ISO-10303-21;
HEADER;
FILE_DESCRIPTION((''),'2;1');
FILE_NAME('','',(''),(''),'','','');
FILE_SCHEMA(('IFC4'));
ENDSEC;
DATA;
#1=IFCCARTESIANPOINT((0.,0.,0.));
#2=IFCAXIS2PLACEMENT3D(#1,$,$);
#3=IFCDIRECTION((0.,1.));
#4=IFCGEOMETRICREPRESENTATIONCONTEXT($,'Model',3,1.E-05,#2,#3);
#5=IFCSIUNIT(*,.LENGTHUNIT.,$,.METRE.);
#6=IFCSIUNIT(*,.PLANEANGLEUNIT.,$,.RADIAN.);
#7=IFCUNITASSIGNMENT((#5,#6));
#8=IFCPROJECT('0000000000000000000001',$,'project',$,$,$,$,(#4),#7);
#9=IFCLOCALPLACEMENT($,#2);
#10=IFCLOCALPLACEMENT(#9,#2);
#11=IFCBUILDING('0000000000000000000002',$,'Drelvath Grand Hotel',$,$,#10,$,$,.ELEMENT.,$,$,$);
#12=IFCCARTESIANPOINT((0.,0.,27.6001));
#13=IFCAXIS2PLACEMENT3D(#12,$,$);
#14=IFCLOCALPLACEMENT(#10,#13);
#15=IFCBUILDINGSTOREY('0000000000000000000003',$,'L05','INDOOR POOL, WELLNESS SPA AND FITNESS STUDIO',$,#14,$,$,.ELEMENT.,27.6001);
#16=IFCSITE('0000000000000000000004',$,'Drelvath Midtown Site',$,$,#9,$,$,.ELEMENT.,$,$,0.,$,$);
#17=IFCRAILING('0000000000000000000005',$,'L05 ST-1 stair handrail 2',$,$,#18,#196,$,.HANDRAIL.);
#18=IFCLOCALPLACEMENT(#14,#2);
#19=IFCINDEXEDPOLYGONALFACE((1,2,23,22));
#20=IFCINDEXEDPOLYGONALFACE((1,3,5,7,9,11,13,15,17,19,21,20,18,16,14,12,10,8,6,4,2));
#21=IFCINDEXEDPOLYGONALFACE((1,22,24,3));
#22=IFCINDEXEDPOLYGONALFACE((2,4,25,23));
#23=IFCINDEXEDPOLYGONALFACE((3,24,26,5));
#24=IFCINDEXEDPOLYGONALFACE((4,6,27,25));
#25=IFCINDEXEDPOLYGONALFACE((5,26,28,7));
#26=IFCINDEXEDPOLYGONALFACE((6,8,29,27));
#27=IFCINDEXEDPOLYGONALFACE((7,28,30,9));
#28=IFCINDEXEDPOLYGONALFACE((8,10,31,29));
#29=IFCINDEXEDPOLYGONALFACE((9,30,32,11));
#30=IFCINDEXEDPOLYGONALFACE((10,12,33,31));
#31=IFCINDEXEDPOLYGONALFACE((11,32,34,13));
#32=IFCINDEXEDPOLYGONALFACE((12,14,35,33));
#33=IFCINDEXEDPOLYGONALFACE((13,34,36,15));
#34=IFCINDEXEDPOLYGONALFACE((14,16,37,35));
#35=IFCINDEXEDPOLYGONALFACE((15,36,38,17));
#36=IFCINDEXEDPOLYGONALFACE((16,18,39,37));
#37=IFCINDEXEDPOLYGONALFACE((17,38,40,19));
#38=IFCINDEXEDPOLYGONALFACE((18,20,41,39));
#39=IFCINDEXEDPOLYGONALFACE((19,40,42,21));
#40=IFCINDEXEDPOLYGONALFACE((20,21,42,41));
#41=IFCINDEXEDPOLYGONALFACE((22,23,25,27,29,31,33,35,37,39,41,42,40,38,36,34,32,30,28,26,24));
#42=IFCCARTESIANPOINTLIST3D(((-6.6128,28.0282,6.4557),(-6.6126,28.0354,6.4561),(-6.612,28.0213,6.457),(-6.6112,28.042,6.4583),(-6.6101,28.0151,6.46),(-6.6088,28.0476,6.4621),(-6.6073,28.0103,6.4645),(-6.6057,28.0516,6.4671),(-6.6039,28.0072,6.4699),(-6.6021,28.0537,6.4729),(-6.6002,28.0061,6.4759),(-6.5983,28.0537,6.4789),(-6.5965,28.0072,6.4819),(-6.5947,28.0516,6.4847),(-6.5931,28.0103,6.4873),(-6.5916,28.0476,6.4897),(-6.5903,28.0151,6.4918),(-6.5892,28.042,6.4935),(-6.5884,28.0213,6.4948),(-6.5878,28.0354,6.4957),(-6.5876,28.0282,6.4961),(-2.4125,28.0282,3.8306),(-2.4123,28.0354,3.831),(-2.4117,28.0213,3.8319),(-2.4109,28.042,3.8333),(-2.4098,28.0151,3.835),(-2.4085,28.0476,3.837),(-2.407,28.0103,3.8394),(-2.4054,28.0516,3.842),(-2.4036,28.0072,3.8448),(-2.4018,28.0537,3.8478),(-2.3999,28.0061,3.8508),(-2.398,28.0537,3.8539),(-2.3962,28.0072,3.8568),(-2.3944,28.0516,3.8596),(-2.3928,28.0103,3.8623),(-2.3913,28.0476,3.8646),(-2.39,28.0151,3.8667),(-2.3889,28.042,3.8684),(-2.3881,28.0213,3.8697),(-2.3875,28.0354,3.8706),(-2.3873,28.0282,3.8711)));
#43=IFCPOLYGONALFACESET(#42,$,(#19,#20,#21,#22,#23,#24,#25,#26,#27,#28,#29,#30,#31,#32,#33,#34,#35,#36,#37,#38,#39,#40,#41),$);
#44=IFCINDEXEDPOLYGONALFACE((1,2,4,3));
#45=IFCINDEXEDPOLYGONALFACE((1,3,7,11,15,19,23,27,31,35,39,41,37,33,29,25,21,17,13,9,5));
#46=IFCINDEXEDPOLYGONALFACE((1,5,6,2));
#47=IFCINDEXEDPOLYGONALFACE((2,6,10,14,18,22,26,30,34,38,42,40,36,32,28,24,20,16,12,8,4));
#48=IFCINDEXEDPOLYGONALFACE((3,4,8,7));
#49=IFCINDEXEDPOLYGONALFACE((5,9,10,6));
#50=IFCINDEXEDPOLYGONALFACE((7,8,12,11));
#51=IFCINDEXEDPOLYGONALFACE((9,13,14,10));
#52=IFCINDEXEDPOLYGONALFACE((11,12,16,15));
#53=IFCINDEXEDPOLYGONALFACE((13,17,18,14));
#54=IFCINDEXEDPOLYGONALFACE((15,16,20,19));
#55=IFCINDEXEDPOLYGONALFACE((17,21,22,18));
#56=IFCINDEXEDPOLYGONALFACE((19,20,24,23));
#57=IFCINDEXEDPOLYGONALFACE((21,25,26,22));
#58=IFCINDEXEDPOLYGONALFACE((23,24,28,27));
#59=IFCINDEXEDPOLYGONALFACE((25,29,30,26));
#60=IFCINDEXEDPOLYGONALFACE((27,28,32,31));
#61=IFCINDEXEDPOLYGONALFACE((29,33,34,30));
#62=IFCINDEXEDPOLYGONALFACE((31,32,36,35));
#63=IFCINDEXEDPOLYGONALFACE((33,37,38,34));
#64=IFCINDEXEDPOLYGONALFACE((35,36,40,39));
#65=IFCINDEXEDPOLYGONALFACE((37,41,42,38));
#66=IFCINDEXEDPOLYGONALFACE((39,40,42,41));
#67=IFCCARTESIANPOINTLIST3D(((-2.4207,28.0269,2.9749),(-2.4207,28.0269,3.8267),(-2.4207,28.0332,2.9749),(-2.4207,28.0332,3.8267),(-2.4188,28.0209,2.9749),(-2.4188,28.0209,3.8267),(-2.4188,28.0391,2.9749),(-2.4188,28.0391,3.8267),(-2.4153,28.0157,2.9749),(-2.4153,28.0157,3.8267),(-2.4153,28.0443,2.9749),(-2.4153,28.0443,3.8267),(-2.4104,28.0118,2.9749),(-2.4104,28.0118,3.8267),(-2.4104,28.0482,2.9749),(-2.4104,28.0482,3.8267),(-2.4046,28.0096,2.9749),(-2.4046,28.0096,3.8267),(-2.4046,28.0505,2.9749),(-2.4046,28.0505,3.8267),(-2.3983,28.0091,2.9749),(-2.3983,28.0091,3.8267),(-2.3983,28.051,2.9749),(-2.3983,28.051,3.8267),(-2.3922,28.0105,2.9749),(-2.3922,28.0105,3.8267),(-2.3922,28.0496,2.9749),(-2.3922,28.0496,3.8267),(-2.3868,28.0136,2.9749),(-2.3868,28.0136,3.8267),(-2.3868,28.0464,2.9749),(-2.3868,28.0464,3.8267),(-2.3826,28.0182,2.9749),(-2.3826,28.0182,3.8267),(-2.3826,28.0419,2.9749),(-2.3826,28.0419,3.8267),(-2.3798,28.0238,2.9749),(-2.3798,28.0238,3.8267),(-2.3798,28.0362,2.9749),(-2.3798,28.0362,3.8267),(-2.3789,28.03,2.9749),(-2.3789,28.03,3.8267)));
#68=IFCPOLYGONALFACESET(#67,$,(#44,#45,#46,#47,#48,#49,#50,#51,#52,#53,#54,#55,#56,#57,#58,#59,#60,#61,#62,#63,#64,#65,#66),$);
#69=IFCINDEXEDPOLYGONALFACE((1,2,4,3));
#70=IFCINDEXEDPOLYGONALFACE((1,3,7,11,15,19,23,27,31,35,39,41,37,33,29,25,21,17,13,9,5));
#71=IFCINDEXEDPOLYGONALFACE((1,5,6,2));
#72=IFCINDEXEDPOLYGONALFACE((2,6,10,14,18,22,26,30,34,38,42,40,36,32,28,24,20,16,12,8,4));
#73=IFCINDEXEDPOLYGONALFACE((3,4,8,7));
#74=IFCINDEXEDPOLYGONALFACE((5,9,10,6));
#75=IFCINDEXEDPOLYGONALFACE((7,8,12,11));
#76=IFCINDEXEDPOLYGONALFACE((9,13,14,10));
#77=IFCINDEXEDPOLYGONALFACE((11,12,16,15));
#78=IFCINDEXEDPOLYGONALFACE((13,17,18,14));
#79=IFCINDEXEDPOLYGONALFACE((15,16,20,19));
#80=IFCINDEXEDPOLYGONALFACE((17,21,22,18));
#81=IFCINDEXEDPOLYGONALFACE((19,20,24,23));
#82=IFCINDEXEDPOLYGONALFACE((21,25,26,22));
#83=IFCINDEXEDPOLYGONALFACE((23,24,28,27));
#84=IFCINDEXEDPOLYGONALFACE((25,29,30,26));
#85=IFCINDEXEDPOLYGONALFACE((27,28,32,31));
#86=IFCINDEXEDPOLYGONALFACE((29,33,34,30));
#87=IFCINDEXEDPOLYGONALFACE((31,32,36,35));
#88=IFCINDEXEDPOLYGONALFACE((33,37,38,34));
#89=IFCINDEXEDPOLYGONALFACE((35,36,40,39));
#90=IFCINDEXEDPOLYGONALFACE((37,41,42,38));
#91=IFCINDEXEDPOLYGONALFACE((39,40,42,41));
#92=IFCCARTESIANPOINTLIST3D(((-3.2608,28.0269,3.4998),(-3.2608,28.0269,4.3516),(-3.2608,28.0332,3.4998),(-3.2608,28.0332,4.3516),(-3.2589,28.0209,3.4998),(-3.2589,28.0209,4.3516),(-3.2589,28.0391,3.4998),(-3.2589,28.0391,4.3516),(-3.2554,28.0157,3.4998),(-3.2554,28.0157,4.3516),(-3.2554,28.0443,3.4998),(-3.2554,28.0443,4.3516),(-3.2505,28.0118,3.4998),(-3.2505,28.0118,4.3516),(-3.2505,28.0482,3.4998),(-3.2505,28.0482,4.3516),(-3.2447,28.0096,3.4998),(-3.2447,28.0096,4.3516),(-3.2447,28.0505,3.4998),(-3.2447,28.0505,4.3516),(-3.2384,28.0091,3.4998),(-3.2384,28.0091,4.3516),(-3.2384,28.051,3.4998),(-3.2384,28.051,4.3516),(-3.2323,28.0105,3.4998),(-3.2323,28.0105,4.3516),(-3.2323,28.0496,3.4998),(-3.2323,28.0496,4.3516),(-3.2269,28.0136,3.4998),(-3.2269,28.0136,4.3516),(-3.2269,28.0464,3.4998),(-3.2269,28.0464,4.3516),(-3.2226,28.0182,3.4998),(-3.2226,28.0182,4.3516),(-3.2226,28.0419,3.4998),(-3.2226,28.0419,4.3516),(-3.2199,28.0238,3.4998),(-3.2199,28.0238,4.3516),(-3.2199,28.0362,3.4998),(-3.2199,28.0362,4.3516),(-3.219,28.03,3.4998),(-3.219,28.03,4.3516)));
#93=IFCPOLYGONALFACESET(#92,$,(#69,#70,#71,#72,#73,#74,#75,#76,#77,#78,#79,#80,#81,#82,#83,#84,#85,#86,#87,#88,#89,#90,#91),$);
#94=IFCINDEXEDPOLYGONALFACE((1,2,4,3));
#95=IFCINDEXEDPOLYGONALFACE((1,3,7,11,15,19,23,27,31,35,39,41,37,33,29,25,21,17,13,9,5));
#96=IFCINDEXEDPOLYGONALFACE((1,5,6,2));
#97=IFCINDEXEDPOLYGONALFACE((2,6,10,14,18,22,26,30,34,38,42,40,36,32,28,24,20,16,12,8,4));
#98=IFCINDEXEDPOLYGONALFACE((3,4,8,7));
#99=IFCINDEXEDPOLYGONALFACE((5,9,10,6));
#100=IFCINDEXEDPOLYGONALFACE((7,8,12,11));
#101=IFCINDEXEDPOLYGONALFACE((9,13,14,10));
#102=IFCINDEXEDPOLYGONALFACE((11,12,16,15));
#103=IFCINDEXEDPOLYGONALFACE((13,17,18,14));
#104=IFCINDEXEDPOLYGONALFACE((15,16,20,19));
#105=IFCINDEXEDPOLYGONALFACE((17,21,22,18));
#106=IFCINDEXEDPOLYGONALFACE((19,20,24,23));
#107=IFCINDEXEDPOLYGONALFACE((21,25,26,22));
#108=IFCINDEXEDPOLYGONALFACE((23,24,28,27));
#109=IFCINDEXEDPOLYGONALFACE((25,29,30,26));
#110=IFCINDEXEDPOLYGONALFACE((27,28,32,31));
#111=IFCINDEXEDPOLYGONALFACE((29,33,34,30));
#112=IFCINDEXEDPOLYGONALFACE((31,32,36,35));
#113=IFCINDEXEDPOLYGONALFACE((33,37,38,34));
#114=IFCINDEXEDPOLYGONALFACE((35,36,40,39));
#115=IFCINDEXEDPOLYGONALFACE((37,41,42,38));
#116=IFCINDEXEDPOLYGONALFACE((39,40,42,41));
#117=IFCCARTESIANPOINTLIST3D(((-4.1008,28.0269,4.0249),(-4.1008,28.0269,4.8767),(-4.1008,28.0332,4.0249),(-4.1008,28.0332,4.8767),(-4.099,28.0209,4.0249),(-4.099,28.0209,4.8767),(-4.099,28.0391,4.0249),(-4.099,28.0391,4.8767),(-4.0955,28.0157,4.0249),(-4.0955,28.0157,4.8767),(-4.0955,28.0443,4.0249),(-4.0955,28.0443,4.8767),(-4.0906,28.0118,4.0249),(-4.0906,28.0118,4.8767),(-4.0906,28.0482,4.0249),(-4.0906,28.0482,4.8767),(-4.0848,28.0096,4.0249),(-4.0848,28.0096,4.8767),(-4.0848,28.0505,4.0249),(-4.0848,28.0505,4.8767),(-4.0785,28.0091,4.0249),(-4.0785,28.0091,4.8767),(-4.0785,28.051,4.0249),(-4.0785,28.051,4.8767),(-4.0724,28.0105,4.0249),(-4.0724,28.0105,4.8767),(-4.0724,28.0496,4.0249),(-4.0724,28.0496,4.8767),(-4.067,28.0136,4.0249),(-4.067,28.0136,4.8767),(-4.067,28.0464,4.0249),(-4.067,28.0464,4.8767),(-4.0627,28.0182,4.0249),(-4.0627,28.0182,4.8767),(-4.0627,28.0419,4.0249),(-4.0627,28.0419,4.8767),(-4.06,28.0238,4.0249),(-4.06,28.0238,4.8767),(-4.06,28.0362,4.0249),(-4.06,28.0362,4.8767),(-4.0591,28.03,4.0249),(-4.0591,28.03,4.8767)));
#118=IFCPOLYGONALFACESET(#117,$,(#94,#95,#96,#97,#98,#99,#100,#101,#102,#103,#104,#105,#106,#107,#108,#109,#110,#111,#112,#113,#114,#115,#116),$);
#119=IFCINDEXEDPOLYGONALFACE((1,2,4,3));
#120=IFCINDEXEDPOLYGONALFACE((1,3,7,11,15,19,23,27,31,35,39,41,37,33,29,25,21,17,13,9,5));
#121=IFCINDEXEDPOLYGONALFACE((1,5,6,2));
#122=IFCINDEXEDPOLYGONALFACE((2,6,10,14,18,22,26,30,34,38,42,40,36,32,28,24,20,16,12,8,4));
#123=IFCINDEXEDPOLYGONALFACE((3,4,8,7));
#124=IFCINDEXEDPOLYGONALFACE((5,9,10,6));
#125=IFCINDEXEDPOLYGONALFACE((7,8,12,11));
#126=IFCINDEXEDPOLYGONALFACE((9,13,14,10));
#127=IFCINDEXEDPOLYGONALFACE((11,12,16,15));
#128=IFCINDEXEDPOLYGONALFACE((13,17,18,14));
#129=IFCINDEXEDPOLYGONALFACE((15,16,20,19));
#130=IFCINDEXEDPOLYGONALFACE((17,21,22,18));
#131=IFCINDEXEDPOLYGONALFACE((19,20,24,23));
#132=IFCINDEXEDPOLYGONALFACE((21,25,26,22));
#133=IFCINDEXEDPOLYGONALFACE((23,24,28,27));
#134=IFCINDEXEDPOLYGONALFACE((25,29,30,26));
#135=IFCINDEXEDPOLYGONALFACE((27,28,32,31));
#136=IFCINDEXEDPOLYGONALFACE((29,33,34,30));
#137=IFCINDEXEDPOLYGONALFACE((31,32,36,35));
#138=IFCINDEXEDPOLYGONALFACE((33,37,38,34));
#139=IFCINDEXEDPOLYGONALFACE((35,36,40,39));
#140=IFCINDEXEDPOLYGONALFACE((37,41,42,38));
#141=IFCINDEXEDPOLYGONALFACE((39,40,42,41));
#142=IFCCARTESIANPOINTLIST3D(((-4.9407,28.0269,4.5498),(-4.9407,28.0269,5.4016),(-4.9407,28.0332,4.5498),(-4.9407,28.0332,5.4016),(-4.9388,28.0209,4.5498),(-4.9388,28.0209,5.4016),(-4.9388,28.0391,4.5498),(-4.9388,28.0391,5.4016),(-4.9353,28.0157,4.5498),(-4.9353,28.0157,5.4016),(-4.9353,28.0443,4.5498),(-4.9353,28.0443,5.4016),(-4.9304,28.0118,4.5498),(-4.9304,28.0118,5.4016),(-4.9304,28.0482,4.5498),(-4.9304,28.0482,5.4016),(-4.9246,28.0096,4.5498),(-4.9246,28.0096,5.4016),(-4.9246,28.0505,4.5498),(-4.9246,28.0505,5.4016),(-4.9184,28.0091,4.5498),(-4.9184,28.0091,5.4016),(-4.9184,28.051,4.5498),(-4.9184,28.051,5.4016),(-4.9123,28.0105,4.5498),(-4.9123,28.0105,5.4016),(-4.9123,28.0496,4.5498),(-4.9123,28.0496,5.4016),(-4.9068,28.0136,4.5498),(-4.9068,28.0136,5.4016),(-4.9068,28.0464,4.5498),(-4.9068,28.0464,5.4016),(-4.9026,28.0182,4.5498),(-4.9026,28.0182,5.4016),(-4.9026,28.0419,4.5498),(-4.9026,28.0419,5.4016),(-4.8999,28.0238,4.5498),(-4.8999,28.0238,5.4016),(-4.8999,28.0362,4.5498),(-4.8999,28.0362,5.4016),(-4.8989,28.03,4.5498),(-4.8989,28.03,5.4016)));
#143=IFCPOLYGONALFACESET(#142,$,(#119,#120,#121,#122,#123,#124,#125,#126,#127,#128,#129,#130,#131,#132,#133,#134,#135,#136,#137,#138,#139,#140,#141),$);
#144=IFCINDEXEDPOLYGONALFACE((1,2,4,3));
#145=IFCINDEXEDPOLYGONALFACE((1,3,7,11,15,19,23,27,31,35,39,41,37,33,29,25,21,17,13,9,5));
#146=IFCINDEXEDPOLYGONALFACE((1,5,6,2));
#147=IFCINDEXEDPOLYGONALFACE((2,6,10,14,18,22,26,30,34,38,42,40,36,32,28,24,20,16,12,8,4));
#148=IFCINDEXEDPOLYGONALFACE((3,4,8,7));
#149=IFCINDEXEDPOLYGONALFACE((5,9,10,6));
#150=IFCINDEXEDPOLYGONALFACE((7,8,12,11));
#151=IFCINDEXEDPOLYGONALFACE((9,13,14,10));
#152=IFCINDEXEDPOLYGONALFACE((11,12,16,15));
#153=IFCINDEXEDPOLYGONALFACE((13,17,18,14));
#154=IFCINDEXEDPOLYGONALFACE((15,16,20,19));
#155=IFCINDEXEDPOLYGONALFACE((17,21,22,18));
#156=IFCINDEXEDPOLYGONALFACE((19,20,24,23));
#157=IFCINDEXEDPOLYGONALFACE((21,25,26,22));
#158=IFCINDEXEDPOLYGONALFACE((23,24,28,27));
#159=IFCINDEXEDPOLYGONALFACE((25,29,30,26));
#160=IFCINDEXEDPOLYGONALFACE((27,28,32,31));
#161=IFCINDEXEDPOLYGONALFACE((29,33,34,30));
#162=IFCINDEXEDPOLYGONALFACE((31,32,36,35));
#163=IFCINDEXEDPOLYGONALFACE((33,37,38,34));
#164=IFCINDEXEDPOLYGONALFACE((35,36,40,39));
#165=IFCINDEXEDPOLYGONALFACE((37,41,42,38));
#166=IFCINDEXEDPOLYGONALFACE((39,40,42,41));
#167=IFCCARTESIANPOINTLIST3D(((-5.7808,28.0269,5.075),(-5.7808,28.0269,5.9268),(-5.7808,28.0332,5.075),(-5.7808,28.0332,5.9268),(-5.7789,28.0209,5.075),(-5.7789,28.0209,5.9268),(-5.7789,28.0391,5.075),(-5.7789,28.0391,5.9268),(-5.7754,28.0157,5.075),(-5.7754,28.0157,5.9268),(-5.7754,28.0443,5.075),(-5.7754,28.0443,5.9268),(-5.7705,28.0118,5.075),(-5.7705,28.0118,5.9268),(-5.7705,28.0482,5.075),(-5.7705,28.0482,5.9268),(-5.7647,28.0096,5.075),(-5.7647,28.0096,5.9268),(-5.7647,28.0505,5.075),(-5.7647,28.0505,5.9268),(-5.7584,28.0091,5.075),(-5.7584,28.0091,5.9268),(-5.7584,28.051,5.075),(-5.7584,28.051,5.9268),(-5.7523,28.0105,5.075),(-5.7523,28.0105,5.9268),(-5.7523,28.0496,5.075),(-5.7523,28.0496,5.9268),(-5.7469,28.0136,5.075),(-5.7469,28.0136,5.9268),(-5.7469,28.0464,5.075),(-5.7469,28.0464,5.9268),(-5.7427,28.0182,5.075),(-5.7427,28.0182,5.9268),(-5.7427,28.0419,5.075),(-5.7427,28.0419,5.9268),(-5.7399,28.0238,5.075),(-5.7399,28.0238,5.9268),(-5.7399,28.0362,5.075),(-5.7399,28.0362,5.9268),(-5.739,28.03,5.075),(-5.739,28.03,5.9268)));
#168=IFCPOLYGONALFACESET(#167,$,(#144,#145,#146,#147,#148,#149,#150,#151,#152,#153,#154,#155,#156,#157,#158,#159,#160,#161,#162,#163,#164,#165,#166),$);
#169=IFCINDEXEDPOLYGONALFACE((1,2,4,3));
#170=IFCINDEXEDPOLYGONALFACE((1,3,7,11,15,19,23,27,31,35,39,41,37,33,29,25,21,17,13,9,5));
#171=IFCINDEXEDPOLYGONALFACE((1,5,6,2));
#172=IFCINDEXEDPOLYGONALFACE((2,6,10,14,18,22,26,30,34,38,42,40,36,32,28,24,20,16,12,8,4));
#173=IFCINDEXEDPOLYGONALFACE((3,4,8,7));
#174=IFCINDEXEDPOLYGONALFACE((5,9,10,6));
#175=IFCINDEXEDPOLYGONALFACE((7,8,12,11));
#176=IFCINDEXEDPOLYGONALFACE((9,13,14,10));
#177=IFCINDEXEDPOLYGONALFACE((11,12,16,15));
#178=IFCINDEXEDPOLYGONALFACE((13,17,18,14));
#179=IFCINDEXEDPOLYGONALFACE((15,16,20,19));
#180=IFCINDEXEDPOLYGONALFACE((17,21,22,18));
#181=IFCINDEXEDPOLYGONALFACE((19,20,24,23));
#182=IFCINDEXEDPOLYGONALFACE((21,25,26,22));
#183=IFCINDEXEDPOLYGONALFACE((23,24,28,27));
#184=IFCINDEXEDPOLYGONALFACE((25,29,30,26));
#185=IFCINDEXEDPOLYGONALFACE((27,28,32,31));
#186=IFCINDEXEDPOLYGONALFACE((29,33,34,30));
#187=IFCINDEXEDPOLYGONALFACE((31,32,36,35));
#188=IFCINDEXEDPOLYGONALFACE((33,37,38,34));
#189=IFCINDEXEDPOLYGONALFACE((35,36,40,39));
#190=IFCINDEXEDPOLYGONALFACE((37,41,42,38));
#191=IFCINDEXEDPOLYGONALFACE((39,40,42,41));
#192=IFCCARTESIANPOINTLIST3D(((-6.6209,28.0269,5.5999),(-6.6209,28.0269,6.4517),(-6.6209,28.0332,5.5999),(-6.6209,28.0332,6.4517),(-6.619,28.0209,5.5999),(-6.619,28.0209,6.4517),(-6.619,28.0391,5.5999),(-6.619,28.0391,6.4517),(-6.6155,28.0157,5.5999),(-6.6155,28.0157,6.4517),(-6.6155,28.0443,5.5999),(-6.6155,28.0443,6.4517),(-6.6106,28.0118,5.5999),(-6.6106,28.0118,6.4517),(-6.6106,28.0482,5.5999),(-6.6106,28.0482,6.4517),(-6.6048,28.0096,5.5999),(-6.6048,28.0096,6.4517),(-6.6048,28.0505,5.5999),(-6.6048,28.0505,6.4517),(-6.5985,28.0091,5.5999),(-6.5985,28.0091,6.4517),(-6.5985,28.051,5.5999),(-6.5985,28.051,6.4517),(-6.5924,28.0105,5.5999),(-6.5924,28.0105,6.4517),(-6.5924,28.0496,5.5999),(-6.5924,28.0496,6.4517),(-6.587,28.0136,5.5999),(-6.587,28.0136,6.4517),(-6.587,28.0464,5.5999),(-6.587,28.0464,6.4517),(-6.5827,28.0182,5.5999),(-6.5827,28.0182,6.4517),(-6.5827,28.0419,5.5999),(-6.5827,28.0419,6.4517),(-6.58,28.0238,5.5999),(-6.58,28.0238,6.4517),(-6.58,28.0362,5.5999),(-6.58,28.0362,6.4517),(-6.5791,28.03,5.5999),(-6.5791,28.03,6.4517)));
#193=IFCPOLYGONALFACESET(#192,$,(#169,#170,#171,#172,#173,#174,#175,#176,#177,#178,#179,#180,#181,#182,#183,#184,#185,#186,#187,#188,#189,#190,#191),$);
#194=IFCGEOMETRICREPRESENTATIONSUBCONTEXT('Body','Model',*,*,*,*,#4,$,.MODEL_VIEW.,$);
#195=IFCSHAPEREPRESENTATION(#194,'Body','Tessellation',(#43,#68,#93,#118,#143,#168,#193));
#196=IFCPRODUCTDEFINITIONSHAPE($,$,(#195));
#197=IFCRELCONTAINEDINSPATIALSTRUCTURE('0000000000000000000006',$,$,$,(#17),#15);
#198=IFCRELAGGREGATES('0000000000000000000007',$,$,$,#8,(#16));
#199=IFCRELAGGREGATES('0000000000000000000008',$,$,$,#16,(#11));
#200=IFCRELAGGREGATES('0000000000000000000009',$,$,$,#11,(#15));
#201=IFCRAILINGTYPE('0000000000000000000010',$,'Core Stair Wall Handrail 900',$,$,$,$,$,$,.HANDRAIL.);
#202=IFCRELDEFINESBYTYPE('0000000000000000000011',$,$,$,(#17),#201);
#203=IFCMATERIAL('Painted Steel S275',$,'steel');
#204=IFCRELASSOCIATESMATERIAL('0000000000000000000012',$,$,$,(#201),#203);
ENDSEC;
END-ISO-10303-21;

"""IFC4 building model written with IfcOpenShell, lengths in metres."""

from ifc_helpers import new_model, si_unit, direction, frame, origin, origin_2d, place, context, subcontext, project, spatial, circle, extrude, material, type_object, element, save


model = new_model("IFC4")

# Units and contexts
model_context = context("Model", 3, precision=1e-05, world=origin(), true_north=direction((0.0, 1.0)))
body_context = subcontext(model_context, "Body", "Model", "MODEL_VIEW")
ifc_project = project(units=[si_unit("LENGTHUNIT", "METRE"), si_unit("PLANEANGLEUNIT", "RADIAN")], contexts=[model_context])

# Site, building, storey
site_placement = place(None, origin())
site = spatial("IfcSite", under=ifc_project, at=site_placement, Name="Drelvath Midtown Site", CompositionType="ELEMENT", RefElevation=0.0)
building_placement = place(site_placement, origin())
building = spatial("IfcBuilding", under=site, at=building_placement, Name="Drelvath Grand Hotel", CompositionType="ELEMENT")
storey_placement = place(building_placement, frame((0.0, 0.0, 27.6001)))
storey = spatial("IfcBuildingStorey", under=building, at=storey_placement, Name="L05", Description="INDOOR POOL, WELLNESS SPA AND FITNESS STUDIO", CompositionType="ELEMENT", Elevation=27.6001)

# Shared definitions
ifc_material_1 = material(Name="Painted Steel S275", Category="steel")

# Railing
railing_type_1 = type_object("IfcRailingType", Name="Core Stair Wall Handrail 900", PredefinedType="HANDRAIL", material=ifc_material_1)
railing_1_placement = place(storey_placement, frame((-2.3999, 28.03, 2.9749)))
element("IfcRailing", 1, at=railing_1_placement, inside=storey, type_object=railing_type_1, Name="L05 ST-1 stair handrail 2", PredefinedType="HANDRAIL", context=body_context, shape_type="SweptSolid", body=[
    extrude(circle(Radius=0.0239, at=origin_2d()), frame((0.0, 0.0, 0.876), z_axis=(-0.848009, 0.0, 0.529981), x_axis=(0.0, -1.0, 0.0)), (0.0, 0.0, 1.0), 4.9531),
    extrude(circle(Radius=0.021, at=origin_2d()), origin(), (0.0, 0.0, 1.0), 0.8518),
    extrude(circle(Radius=0.021, at=origin_2d()), frame((-0.8401, 0.0, 0.5249)), (0.0, 0.0, 1.0), 0.8518),
    extrude(circle(Radius=0.021, at=origin_2d()), frame((-1.6802, 0.0, 1.05)), (0.0, 0.0, 1.0), 0.8518),
    extrude(circle(Radius=0.021, at=origin_2d()), frame((-2.52, 0.0, 1.575)), (0.0, 0.0, 1.0), 0.8518),
    extrude(circle(Radius=0.021, at=origin_2d()), frame((-3.3601, 0.0, 2.1001)), (0.0, 0.0, 1.0), 0.8518),
    extrude(circle(Radius=0.021, at=origin_2d()), frame((-4.2002, 0.0, 2.625)), (0.0, 0.0, 1.0), 0.8518),
])

save(model, "model.ifc")
